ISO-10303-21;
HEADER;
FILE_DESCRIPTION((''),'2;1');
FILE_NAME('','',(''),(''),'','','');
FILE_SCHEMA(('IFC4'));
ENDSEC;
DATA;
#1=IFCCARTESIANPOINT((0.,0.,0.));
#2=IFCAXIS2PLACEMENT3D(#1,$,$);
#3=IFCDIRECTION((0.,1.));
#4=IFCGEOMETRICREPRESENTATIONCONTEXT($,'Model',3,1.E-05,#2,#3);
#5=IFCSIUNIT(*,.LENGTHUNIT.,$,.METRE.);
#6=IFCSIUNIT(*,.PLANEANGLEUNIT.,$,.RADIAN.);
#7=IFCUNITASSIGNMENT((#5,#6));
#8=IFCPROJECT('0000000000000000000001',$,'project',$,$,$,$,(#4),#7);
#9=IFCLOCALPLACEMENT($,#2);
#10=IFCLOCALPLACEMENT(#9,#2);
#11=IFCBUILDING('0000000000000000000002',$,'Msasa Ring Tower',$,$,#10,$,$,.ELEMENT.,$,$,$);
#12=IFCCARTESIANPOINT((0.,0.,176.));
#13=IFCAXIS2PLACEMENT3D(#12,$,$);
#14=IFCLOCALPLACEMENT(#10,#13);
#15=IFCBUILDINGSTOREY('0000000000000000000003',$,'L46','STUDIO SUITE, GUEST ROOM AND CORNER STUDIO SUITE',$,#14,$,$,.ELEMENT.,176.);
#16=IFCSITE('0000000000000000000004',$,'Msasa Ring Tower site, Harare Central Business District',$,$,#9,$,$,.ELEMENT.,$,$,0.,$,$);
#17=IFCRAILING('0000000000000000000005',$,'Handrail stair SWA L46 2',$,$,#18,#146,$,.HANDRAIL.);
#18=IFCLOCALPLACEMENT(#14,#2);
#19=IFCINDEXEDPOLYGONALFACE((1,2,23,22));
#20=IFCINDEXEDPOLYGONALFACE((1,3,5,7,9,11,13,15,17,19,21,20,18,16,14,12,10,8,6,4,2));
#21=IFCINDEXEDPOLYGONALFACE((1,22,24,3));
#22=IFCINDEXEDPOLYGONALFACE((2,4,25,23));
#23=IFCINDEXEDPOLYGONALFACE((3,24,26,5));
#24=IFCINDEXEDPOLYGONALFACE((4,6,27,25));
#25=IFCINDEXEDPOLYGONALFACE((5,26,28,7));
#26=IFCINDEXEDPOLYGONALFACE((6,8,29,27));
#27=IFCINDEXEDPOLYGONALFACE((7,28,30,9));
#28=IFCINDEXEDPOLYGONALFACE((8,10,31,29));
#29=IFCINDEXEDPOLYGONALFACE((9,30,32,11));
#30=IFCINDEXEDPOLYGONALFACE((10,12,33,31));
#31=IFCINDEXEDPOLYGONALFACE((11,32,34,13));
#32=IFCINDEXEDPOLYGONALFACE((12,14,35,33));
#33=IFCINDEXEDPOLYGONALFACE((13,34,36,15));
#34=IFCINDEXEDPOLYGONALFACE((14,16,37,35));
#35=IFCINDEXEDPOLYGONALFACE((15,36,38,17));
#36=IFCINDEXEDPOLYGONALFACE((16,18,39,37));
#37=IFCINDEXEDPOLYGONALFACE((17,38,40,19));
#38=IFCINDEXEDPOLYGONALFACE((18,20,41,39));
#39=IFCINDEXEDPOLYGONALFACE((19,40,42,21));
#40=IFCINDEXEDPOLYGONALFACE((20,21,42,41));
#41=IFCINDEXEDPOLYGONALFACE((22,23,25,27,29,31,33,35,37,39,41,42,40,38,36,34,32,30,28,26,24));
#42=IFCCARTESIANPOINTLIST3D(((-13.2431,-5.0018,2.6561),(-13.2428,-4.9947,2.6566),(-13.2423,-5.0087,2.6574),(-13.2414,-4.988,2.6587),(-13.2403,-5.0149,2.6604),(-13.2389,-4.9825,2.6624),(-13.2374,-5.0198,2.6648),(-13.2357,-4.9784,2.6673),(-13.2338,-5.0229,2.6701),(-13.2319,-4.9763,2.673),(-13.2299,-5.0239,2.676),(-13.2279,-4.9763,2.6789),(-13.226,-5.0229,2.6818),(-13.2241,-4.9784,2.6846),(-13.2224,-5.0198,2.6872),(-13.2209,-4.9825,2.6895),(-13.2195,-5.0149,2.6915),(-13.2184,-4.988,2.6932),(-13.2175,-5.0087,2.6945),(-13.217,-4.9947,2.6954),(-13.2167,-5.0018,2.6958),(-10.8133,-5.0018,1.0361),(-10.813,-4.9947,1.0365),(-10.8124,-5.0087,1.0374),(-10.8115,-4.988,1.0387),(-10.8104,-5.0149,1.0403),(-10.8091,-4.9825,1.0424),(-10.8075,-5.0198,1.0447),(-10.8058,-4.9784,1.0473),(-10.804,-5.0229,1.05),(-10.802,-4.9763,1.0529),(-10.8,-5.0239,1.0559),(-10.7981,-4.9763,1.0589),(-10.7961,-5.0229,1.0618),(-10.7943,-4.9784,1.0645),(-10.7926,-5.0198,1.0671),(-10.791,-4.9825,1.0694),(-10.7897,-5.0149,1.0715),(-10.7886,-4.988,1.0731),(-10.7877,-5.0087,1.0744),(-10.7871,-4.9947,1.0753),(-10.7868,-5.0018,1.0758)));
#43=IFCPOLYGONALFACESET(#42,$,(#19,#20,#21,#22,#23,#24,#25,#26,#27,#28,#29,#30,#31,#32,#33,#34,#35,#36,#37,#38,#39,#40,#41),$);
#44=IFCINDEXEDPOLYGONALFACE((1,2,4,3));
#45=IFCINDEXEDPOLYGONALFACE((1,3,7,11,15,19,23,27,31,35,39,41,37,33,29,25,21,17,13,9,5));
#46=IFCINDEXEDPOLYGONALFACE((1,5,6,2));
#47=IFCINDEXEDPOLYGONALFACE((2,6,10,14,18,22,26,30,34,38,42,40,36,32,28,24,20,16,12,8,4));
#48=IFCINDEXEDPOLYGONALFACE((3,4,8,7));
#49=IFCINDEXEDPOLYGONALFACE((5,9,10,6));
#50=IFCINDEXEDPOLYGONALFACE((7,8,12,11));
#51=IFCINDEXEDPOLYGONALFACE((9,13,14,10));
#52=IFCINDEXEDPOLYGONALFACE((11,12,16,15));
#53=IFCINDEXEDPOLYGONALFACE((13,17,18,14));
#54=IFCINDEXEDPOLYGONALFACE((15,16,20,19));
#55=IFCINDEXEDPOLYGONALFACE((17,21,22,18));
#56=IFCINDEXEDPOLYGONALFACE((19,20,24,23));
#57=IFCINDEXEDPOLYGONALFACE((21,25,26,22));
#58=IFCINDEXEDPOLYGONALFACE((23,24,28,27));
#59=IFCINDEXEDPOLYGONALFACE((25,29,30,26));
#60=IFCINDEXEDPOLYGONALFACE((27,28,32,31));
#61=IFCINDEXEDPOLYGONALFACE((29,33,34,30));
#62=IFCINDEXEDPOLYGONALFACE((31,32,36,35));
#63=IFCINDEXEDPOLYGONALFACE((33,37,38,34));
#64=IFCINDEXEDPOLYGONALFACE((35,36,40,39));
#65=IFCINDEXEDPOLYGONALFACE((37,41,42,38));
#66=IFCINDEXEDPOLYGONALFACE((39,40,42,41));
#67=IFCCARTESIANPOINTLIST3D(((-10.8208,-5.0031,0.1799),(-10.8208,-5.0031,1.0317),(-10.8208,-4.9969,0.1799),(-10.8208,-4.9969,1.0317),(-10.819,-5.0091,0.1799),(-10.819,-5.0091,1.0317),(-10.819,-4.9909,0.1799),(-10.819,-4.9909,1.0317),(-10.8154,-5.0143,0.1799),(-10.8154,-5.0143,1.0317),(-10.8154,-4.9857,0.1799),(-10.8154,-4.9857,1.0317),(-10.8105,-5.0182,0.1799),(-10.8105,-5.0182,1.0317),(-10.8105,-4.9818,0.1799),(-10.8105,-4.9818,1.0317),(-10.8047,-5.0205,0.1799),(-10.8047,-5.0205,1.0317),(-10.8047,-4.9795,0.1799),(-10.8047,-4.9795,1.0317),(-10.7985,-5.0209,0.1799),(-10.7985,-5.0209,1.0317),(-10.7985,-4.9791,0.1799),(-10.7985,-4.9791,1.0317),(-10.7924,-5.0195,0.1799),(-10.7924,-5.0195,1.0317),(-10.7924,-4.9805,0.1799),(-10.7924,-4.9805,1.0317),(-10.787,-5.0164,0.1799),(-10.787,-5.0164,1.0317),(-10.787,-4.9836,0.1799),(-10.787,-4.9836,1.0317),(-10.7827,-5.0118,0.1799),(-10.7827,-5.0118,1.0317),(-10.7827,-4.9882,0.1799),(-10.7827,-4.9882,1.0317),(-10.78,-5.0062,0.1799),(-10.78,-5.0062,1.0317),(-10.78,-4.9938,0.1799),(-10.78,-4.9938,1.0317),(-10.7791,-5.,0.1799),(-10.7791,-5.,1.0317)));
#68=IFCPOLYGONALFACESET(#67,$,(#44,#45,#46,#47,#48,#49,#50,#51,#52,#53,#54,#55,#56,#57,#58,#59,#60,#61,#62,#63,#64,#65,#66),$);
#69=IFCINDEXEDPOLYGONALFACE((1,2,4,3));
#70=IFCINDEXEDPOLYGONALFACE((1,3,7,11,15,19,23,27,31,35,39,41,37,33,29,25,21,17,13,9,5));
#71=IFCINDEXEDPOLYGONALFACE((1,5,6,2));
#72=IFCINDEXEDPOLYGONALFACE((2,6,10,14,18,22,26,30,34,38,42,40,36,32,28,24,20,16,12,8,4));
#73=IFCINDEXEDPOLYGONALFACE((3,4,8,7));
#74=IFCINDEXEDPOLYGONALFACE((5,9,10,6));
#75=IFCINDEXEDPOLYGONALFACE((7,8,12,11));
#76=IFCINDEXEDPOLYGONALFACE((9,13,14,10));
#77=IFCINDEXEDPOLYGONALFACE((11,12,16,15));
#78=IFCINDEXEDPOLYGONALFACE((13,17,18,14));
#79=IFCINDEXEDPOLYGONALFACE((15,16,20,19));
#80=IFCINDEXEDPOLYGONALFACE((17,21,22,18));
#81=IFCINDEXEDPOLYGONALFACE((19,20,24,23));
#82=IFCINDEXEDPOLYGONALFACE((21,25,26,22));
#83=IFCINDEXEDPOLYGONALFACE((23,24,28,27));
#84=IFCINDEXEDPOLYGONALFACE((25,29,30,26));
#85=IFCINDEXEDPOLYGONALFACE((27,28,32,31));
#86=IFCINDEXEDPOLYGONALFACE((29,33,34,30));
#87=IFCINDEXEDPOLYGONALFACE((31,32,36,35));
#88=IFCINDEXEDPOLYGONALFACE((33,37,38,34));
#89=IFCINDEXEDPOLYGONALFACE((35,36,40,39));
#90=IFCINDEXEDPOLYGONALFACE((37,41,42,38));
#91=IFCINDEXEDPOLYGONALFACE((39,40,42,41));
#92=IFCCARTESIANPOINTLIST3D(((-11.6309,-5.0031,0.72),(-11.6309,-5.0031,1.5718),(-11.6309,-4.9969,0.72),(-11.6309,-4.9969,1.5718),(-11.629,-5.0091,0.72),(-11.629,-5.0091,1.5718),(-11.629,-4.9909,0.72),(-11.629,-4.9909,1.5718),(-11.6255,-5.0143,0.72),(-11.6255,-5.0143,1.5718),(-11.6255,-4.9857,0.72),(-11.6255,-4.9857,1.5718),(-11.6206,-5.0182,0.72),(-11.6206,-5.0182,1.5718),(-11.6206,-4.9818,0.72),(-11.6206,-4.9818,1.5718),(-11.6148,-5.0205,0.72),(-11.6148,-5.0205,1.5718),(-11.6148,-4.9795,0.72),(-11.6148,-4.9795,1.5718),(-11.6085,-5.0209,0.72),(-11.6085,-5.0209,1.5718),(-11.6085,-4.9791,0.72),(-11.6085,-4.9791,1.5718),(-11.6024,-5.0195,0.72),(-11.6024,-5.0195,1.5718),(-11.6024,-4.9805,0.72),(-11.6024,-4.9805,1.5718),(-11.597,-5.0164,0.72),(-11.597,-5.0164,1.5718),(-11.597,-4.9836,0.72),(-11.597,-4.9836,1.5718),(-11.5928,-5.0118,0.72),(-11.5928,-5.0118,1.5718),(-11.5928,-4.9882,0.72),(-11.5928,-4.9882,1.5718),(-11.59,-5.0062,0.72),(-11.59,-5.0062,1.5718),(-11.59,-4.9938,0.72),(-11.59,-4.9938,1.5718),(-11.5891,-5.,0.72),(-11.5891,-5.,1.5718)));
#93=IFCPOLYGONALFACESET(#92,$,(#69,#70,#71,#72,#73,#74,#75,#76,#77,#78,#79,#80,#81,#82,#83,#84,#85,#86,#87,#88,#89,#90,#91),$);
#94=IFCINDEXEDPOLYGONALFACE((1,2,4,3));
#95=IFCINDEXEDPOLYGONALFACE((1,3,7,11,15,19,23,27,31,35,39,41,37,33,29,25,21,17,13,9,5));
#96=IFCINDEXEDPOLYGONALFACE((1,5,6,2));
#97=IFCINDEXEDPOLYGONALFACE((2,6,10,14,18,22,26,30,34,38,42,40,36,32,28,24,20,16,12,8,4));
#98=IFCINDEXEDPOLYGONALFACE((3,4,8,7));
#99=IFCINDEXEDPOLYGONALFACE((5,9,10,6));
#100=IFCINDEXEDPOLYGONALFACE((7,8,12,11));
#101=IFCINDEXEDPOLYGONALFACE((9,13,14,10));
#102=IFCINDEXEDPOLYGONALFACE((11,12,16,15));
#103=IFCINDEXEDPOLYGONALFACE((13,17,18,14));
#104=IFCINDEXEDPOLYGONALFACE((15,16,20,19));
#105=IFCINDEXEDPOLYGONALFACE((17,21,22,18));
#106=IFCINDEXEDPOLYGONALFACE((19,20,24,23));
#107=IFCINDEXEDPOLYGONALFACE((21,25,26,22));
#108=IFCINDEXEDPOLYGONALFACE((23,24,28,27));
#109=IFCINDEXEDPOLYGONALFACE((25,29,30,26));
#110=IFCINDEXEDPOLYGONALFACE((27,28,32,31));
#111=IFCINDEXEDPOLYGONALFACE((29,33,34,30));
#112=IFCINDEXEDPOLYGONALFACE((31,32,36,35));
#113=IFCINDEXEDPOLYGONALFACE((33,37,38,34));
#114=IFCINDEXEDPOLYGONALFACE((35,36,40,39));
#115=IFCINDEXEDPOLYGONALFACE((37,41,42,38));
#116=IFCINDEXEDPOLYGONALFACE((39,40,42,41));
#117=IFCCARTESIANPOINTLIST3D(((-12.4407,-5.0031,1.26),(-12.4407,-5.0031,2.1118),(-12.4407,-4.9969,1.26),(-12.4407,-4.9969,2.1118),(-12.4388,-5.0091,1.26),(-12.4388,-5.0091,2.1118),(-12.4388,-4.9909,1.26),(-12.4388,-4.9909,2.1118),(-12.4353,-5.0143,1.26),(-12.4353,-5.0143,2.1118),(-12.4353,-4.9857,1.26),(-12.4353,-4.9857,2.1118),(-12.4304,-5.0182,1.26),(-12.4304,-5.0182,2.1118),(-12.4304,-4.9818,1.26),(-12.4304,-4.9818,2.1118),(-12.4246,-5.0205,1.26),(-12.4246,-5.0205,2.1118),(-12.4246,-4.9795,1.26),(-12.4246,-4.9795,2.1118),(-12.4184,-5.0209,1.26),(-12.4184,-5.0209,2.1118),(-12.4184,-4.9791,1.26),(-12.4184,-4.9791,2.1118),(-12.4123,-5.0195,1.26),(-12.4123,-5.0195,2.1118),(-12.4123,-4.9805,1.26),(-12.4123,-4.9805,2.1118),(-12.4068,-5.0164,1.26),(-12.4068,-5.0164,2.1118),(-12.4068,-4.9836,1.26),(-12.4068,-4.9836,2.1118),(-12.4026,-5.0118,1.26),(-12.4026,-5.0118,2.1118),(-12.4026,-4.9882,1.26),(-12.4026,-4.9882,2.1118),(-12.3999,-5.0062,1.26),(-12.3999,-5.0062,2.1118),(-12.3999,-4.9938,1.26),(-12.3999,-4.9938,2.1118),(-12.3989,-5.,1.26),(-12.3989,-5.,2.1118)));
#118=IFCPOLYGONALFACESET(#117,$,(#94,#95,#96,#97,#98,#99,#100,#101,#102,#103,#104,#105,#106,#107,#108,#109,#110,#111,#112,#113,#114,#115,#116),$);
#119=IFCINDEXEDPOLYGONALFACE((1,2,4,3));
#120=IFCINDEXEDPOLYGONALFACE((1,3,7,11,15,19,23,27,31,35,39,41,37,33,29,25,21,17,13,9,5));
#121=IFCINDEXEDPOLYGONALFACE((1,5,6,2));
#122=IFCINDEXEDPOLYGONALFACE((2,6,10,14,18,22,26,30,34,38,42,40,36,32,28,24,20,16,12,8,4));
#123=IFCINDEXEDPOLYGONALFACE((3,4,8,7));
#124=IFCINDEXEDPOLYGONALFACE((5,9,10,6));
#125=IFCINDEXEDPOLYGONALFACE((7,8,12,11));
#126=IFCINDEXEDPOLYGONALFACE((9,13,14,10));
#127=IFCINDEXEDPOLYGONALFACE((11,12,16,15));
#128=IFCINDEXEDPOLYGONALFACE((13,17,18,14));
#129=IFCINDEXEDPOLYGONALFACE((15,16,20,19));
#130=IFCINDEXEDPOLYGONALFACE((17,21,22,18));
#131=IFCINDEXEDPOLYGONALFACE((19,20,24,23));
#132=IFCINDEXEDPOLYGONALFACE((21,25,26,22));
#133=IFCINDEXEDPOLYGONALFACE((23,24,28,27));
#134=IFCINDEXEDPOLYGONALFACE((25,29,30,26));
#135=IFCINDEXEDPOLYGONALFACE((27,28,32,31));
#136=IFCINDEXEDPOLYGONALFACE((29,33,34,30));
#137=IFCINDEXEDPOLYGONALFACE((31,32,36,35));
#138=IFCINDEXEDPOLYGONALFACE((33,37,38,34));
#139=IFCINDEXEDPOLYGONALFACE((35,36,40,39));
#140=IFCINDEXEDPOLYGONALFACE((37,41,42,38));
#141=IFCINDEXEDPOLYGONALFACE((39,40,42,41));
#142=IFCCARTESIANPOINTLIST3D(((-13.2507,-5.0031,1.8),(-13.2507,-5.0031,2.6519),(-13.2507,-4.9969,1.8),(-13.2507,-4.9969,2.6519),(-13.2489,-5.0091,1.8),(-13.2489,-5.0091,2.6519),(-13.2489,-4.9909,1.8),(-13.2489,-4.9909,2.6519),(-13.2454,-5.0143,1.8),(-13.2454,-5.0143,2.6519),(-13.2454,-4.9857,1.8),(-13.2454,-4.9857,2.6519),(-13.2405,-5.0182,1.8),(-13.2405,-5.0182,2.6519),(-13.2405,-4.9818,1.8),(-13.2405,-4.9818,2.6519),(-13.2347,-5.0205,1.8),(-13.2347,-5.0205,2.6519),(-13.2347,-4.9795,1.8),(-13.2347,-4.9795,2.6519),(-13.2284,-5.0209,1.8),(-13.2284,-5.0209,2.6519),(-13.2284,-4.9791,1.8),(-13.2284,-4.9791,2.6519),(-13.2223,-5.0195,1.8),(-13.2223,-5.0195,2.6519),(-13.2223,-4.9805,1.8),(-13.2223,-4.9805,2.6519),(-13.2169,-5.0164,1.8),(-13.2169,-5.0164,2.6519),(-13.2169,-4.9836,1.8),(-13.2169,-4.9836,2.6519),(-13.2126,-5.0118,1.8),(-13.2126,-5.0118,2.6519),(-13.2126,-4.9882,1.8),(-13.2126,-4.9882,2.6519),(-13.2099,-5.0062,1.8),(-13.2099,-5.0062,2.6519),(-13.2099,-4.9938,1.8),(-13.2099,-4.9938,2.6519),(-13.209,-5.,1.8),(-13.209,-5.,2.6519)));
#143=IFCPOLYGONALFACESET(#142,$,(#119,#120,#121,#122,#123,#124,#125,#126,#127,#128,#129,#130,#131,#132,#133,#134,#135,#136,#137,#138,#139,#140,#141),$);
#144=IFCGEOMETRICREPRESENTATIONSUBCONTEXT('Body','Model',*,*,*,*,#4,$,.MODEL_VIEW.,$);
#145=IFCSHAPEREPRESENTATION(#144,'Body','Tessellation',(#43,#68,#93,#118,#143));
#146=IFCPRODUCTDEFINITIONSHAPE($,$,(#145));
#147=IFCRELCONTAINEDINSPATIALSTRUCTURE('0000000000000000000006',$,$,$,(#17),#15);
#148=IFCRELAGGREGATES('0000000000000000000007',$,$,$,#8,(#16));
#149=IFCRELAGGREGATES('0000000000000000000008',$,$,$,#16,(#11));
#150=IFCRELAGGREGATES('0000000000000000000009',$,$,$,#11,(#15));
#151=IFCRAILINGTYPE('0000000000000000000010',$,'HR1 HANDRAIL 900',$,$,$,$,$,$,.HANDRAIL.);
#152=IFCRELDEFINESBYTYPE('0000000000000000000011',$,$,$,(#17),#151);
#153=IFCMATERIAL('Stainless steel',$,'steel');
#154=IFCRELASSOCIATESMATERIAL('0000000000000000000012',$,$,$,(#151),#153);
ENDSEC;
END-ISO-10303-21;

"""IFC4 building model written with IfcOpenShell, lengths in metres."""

from ifc_helpers import new_model, si_unit, direction, frame, origin, origin_2d, place, context, subcontext, project, spatial, circle, extrude, material, type_object, element, save


model = new_model("IFC4")

# Units and contexts
model_context = context("Model", 3, precision=1e-05, world=origin(), true_north=direction((0.0, 1.0)))
body_context = subcontext(model_context, "Body", "Model", "MODEL_VIEW")
ifc_project = project(units=[si_unit("LENGTHUNIT", "METRE"), si_unit("PLANEANGLEUNIT", "RADIAN")], contexts=[model_context])

# Site, building, storey
site_placement = place(None, origin())
site = spatial("IfcSite", under=ifc_project, at=site_placement, Name="Msasa Ring Tower site, Harare Central Business District", CompositionType="ELEMENT", RefElevation=0.0)
building_placement = place(site_placement, origin())
building = spatial("IfcBuilding", under=site, at=building_placement, Name="Msasa Ring Tower", CompositionType="ELEMENT")
storey_placement = place(building_placement, frame((0.0, 0.0, 176.0)))
storey = spatial("IfcBuildingStorey", under=building, at=storey_placement, Name="L46", Description="STUDIO SUITE, GUEST ROOM AND CORNER STUDIO SUITE", CompositionType="ELEMENT", Elevation=176.0)

# Railing
ifc_material_1 = material(Name="Stainless steel", Category="steel")
railing_type = type_object("IfcRailingType", Name="HR1 HANDRAIL 900", PredefinedType="HANDRAIL", material=ifc_material_1)
for number, where, name in (
    (1, (-10.8, -5.0, 0.1799), "Handrail stair SWA L46 2"),
):
    element("IfcRailing", number, at=place(storey_placement, frame(where)), inside=storey, type_object=railing_type, Name=name, PredefinedType="HANDRAIL", context=body_context, shape_type="SweptSolid", body=[
        extrude(circle(Radius=0.0239, at=origin_2d()), frame((0.0, 0.0, 0.876), z_axis=(-0.832025, 0.0, 0.554739), x_axis=(0.0, -1.0, 0.0)), (0.0, 0.0, 1.0), 2.9204),
        extrude(circle(Radius=0.021, at=origin_2d()), origin(), (0.0, 0.0, 1.0), 0.8518),
        extrude(circle(Radius=0.021, at=origin_2d()), frame((-0.8101, 0.0, 0.54)), (0.0, 0.0, 1.0), 0.8518),
        extrude(circle(Radius=0.021, at=origin_2d()), frame((-1.6199, 0.0, 1.0801)), (0.0, 0.0, 1.0), 0.8518),
        extrude(circle(Radius=0.021, at=origin_2d()), frame((-2.4299, 0.0, 1.6201)), (0.0, 0.0, 1.0), 0.8518),
    ])

save(model, "model.ifc")
